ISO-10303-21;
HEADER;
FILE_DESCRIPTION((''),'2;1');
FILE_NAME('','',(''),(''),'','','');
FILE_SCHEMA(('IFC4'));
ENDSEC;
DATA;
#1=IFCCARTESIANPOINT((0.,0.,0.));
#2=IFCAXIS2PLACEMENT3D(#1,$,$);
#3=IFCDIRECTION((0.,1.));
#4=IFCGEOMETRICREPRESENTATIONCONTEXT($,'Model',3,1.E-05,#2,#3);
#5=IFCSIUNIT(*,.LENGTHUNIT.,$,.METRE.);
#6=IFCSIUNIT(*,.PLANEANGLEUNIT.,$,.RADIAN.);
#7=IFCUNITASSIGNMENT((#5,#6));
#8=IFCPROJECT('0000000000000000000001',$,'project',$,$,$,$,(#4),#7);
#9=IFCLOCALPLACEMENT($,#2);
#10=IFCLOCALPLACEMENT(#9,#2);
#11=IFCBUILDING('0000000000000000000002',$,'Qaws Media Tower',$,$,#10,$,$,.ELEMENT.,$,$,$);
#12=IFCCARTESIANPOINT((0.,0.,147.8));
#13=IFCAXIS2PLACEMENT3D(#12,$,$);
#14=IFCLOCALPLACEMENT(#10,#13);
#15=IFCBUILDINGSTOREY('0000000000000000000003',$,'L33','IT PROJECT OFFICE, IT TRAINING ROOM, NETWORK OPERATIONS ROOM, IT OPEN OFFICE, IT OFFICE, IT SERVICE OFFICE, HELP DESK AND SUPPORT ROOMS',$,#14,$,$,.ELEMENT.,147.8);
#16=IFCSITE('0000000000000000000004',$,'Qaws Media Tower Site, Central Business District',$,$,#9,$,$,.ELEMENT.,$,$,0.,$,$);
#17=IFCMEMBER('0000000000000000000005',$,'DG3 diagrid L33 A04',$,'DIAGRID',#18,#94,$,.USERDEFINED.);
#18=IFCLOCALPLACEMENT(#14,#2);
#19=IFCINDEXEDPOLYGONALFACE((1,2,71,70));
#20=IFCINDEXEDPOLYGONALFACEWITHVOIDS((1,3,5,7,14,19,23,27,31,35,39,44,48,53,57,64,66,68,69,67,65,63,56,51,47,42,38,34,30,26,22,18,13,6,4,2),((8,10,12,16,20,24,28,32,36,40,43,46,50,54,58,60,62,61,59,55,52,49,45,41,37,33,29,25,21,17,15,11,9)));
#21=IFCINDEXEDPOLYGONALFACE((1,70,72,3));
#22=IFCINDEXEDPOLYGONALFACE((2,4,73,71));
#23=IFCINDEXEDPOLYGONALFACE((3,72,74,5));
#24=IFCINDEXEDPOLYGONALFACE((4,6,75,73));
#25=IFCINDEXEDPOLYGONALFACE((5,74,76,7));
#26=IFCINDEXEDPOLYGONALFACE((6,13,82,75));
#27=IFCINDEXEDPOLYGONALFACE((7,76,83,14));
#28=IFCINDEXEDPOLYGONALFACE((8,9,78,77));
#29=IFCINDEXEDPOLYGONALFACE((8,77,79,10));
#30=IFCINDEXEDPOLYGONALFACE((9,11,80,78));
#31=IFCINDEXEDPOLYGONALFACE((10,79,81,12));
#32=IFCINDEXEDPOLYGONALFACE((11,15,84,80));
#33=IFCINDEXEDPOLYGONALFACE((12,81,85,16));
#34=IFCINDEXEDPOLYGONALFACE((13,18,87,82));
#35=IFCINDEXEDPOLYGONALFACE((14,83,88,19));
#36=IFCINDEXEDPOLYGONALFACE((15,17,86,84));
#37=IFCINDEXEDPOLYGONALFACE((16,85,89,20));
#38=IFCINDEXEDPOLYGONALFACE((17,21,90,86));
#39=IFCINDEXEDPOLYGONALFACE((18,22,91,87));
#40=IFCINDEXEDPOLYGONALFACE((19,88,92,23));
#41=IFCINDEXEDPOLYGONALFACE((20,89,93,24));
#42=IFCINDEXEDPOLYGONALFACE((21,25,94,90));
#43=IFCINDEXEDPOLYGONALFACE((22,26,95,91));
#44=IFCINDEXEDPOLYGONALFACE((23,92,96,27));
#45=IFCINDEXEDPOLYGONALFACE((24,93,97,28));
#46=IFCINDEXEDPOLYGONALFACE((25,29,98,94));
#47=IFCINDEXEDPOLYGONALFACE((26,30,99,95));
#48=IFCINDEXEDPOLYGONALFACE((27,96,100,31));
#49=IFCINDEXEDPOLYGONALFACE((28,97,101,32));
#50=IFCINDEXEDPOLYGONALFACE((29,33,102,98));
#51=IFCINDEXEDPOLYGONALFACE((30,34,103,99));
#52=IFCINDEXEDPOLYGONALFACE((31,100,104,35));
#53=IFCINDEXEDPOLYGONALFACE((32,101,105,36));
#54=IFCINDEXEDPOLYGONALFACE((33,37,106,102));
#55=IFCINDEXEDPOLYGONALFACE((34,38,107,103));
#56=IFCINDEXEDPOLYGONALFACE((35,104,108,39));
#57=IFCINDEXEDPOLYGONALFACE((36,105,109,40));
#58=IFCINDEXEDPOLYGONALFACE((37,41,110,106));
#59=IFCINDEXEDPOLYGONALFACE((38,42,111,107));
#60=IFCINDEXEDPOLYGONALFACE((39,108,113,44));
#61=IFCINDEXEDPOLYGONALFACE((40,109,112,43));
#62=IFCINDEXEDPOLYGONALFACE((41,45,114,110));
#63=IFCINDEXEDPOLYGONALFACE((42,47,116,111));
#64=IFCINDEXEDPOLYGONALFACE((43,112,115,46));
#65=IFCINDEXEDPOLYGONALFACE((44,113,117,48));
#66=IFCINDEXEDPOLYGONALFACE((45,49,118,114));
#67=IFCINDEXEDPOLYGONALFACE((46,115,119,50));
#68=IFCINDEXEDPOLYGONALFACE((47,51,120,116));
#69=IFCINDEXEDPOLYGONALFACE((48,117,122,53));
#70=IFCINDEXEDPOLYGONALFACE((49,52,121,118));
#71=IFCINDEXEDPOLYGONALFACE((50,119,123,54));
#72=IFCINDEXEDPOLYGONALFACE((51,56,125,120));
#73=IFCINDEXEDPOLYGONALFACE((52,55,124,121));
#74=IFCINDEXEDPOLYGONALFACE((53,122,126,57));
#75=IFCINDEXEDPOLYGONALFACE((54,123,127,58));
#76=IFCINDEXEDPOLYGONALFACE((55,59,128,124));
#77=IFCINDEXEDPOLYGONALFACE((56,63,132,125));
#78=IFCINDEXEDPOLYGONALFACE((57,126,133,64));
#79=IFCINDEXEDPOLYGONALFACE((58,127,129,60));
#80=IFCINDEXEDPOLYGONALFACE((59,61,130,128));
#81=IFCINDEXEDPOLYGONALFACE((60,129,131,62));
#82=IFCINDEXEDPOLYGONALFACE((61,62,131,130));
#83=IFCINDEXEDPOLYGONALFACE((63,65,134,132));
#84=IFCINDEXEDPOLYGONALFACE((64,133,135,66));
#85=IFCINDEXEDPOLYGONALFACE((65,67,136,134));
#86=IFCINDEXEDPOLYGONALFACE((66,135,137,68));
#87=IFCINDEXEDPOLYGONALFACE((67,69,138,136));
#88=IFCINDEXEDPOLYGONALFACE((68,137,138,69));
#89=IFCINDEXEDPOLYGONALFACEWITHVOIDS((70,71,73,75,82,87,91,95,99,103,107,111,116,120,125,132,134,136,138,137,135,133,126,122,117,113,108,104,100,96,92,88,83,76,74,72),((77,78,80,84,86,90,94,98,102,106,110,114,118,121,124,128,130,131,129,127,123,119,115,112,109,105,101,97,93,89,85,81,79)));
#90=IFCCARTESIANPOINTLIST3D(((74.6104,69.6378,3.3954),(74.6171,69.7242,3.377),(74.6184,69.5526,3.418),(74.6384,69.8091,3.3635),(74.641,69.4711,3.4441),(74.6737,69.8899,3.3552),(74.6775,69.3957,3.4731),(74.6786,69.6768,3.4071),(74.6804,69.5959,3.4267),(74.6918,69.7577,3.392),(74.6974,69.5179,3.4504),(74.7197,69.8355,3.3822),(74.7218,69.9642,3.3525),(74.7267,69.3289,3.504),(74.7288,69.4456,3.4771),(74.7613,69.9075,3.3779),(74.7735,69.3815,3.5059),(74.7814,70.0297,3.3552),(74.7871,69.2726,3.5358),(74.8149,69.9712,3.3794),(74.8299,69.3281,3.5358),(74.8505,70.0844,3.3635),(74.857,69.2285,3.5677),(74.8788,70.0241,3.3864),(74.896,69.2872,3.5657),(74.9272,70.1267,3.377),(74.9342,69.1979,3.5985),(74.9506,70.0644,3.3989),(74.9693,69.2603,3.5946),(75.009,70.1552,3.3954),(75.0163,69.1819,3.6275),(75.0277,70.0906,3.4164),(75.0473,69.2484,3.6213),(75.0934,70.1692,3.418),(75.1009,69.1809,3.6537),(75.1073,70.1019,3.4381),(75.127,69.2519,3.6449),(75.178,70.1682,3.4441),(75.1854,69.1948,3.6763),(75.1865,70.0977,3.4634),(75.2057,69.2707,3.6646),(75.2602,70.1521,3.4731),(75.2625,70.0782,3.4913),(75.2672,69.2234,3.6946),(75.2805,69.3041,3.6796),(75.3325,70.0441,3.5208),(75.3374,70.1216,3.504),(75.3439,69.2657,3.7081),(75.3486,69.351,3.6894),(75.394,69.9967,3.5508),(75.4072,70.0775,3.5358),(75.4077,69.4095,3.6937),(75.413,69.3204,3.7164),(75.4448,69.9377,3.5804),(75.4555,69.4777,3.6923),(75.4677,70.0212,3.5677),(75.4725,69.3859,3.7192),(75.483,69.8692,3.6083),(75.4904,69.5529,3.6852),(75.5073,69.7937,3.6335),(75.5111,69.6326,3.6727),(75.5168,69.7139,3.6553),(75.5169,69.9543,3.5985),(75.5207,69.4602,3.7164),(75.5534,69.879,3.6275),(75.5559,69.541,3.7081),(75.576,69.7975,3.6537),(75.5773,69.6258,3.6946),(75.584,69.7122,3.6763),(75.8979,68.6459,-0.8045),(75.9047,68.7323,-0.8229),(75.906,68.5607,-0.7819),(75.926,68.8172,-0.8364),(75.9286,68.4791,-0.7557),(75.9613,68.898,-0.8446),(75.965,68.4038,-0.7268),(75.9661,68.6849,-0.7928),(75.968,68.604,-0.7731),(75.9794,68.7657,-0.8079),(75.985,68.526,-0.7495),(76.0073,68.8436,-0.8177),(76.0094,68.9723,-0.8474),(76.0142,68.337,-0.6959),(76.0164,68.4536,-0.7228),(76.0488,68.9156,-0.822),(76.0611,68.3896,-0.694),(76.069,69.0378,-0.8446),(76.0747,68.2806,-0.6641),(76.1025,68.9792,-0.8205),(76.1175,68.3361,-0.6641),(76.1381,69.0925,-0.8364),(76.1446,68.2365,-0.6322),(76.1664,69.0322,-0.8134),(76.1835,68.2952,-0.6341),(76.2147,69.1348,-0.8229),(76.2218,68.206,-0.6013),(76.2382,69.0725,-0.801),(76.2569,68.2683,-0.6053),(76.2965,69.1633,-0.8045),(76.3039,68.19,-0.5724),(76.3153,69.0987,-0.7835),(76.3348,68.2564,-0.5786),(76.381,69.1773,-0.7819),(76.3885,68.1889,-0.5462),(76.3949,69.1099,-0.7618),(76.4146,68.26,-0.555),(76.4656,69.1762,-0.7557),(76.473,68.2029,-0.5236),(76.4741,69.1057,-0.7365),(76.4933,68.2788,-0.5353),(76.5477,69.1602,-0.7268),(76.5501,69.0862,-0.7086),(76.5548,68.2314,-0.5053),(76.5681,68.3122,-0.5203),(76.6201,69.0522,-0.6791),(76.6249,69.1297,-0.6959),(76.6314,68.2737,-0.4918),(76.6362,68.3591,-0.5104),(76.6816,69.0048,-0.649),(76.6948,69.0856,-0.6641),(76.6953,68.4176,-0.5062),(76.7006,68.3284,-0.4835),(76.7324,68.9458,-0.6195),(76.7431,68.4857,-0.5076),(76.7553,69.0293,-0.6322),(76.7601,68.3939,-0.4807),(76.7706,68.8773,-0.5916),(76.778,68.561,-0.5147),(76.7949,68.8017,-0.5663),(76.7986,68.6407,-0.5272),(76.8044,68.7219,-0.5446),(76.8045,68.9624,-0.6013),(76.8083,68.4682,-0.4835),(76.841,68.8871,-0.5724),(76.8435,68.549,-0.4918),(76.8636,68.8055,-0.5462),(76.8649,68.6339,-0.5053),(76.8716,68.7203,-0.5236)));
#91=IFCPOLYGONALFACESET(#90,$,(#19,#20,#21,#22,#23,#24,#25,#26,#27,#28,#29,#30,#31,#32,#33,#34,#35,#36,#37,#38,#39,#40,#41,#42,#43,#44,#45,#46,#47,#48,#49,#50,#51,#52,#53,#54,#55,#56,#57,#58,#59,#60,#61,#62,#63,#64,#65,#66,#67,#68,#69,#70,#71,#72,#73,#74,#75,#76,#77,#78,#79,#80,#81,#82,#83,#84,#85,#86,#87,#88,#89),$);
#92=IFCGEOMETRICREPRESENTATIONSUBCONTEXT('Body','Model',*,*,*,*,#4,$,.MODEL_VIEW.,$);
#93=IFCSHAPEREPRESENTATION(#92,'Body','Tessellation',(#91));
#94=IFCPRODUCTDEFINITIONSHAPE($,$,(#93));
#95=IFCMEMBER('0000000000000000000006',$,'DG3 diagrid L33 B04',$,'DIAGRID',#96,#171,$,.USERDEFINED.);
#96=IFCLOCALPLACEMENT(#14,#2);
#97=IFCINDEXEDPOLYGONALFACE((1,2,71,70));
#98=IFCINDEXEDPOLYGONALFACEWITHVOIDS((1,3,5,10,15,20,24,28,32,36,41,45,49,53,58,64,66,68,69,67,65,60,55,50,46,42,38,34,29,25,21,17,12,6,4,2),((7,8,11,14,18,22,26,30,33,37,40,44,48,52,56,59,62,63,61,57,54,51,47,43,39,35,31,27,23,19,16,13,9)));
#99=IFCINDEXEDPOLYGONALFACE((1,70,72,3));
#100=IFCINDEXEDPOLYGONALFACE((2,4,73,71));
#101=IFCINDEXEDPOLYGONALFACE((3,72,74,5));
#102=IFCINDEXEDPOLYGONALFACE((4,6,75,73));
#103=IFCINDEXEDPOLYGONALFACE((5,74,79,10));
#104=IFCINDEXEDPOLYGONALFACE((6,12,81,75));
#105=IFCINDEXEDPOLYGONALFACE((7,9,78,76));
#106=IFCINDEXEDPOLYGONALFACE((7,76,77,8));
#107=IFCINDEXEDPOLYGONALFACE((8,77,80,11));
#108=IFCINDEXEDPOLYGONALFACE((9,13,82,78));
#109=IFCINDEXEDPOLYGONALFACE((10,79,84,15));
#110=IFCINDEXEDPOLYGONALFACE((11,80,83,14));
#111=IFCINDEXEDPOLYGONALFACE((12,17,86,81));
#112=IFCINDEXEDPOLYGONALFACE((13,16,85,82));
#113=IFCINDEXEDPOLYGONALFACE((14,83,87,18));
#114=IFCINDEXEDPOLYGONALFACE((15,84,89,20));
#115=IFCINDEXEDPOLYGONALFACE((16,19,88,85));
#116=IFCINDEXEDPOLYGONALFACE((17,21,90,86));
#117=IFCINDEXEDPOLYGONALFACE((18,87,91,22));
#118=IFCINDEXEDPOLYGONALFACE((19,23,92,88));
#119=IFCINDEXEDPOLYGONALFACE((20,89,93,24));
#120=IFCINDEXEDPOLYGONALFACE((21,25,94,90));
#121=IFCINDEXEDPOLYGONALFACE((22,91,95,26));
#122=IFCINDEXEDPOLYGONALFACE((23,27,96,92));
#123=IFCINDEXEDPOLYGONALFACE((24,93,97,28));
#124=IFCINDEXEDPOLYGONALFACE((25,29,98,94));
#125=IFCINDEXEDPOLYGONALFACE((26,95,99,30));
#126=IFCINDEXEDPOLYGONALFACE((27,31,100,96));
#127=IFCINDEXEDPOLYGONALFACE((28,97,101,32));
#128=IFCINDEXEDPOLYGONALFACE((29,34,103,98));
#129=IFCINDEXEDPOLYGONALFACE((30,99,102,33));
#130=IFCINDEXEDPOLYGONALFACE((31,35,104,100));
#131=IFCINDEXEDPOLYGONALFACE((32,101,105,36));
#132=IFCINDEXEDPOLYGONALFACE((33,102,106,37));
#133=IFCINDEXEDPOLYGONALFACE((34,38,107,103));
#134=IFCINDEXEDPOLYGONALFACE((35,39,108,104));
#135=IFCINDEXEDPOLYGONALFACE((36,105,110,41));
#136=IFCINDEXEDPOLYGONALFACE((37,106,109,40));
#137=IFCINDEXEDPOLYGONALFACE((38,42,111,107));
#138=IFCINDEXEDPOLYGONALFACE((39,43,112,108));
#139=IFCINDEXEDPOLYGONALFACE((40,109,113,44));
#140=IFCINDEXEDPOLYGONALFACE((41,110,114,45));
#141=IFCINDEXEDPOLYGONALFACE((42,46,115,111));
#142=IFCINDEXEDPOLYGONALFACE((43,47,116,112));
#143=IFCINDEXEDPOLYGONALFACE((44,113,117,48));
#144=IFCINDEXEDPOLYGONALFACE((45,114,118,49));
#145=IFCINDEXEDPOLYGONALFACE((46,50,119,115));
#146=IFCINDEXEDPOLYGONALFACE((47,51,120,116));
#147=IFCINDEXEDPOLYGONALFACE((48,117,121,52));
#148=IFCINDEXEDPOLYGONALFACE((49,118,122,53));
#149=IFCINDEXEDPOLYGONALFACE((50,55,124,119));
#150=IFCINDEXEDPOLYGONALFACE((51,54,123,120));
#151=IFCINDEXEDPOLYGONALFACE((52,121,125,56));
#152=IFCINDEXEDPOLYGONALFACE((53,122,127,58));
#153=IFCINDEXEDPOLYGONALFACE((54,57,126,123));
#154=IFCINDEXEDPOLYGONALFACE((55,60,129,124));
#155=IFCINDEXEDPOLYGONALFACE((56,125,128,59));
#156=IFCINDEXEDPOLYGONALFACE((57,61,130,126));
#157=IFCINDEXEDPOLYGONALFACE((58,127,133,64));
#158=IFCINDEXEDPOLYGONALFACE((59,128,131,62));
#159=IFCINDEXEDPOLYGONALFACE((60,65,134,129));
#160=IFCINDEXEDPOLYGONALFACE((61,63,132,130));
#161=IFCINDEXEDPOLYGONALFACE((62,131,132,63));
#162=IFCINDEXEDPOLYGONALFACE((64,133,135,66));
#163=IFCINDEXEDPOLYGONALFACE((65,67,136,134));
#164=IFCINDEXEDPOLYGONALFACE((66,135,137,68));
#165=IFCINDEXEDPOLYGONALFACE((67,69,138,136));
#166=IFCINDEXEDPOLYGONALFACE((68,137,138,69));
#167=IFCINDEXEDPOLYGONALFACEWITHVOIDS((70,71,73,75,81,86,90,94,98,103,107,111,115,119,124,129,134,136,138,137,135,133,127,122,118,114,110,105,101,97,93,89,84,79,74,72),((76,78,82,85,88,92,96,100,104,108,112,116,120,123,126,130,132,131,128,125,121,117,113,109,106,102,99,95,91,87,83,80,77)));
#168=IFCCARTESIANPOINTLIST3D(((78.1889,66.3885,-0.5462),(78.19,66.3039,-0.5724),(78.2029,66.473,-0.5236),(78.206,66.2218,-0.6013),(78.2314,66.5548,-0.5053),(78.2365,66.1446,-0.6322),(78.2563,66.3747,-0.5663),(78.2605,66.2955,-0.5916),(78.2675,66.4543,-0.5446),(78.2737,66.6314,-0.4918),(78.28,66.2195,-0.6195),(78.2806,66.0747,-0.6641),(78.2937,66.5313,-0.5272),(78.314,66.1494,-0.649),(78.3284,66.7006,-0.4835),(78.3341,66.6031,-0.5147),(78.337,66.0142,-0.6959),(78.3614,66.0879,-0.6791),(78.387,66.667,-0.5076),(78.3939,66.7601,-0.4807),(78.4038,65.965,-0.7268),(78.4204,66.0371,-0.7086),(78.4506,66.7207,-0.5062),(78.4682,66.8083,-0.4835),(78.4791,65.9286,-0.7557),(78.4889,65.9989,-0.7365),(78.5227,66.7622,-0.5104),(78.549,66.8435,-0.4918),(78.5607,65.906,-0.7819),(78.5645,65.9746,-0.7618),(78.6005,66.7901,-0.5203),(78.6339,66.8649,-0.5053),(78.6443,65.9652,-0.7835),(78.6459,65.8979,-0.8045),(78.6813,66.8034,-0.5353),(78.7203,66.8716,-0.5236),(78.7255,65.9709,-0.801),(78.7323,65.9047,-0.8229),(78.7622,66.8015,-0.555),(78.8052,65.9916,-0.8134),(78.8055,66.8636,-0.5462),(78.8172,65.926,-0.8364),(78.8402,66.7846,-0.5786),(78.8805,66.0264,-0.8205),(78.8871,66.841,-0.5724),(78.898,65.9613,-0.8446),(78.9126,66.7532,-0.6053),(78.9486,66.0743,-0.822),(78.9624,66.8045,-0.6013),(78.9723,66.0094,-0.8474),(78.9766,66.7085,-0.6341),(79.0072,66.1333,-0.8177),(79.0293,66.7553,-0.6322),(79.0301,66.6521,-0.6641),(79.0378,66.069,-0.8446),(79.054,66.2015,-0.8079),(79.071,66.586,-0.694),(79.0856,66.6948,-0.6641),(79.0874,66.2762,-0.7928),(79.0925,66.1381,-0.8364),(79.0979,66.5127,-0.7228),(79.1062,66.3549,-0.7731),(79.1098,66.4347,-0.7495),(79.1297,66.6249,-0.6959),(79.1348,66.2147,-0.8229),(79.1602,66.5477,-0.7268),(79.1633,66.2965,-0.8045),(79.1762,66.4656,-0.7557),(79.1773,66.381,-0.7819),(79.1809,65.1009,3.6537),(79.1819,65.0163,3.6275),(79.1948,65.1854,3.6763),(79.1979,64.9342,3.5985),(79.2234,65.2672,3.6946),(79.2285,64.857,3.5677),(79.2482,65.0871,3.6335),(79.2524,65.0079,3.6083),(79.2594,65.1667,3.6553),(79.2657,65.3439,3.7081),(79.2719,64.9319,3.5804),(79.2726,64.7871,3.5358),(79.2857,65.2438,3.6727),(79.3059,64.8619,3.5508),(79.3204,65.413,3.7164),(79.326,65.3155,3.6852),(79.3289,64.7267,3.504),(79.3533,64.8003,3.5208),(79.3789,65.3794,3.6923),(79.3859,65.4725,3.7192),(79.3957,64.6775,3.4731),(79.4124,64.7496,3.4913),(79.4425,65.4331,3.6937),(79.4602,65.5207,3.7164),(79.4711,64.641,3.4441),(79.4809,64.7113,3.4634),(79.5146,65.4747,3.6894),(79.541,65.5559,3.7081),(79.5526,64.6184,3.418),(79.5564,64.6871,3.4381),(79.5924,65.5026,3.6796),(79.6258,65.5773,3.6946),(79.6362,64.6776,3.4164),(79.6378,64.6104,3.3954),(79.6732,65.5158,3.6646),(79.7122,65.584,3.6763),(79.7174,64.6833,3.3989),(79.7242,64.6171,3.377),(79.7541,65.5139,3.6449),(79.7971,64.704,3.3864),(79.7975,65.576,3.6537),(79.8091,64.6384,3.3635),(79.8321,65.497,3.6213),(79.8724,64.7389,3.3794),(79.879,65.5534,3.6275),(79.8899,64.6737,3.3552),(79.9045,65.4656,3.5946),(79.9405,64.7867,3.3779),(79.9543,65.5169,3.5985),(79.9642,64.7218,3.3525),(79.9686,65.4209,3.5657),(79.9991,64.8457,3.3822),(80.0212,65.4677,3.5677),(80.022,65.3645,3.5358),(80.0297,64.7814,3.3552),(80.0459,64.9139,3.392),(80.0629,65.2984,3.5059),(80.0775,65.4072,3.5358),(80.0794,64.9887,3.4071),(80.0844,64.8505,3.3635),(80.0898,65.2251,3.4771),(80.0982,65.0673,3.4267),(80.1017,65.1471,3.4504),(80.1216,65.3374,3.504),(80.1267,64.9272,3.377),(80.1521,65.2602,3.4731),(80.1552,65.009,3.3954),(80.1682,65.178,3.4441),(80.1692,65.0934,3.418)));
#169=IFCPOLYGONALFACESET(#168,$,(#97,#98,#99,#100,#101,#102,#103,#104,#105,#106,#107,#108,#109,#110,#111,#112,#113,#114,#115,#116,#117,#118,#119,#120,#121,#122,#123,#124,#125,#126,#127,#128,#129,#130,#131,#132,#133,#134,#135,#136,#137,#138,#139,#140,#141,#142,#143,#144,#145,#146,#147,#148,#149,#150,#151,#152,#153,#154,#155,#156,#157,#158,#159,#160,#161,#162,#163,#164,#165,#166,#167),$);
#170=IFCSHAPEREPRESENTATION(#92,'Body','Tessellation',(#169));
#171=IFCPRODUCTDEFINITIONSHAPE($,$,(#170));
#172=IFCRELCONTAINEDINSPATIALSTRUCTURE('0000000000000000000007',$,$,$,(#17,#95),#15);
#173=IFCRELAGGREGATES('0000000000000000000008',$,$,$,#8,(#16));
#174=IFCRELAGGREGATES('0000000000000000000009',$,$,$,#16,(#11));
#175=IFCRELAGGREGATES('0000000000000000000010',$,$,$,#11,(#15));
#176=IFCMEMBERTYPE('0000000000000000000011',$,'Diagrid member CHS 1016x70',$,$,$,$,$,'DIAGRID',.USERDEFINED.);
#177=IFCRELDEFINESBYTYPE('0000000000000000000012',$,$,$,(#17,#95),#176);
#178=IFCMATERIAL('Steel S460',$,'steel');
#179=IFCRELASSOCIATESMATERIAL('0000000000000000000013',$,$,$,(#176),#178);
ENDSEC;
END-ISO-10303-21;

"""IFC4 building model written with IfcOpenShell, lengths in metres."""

from ifc_helpers import new_model, si_unit, direction, frame, origin, origin_2d, place, context, subcontext, project, spatial, hollow_circle, extrude, material, material_profile, profile_set, type_object, element, save


model = new_model("IFC4")

# Units and contexts
model_context = context("Model", 3, precision=1e-05, world=origin(), true_north=direction((0.0, 1.0)))
body_context = subcontext(model_context, "Body", "Model", "MODEL_VIEW")
ifc_project = project(units=[si_unit("LENGTHUNIT", "METRE"), si_unit("PLANEANGLEUNIT", "RADIAN")], contexts=[model_context])

# Site, building, storey
site_placement = place(None, origin())
site = spatial("IfcSite", under=ifc_project, at=site_placement, Name="Qaws Media Tower Site, Central Business District", CompositionType="ELEMENT", RefElevation=0.0)
building_placement = place(site_placement, origin())
building = spatial("IfcBuilding", under=site, at=building_placement, Name="Qaws Media Tower", CompositionType="ELEMENT")
storey_placement = place(building_placement, frame((0.0, 0.0, 147.8)))
storey = spatial("IfcBuildingStorey", under=building, at=storey_placement, Name="L33", Description="IT PROJECT OFFICE, IT TRAINING ROOM, NETWORK OPERATIONS ROOM, IT OPEN OFFICE, IT OFFICE, IT SERVICE OFFICE, HELP DESK AND SUPPORT ROOMS", CompositionType="ELEMENT", Elevation=147.8)

# Members
ifc_material_1 = material(Name="Steel S460", Category="steel")
ifc_material_profile_1 = material_profile(ifc_material_1, hollow_circle(Radius=0.5081, WallThickness=0.0701, at=origin_2d()), Name="CHS 1016x70")
ifc_profile_set_1 = profile_set([ifc_material_profile_1], Name="Steel S460")
member_type_1 = type_object("IfcMemberType", Name="Diagrid member CHS 1016x70", ElementType="DIAGRID", PredefinedType="USERDEFINED", material=ifc_profile_set_1)
for number, where, z_axis, x_axis, name in (
    (1, (76.3848, 68.6831, -0.6641), (-0.285911, 0.220261, 0.932599), (-0.610284, -0.792183, 0.0), "DG3 diagrid L33 A04"),
    (2, (78.6831, 66.3848, -0.6641), (0.220261, -0.285911, 0.932599), (0.792183, 0.610284, 0.0), "DG3 diagrid L33 B04"),
):
    element("IfcMember", number, at=place(storey_placement, frame(where, z_axis=z_axis, x_axis=x_axis)), inside=storey, type_object=member_type_1, Name=name, ObjectType="DIAGRID", PredefinedType="USERDEFINED", context=body_context, shape_type="SweptSolid", body=[
        extrude(hollow_circle(Radius=0.5081, WallThickness=0.0701, at=origin_2d()), origin(), (0.0, 0.0, 1.0), 4.5034),
    ])

save(model, "model.ifc")
